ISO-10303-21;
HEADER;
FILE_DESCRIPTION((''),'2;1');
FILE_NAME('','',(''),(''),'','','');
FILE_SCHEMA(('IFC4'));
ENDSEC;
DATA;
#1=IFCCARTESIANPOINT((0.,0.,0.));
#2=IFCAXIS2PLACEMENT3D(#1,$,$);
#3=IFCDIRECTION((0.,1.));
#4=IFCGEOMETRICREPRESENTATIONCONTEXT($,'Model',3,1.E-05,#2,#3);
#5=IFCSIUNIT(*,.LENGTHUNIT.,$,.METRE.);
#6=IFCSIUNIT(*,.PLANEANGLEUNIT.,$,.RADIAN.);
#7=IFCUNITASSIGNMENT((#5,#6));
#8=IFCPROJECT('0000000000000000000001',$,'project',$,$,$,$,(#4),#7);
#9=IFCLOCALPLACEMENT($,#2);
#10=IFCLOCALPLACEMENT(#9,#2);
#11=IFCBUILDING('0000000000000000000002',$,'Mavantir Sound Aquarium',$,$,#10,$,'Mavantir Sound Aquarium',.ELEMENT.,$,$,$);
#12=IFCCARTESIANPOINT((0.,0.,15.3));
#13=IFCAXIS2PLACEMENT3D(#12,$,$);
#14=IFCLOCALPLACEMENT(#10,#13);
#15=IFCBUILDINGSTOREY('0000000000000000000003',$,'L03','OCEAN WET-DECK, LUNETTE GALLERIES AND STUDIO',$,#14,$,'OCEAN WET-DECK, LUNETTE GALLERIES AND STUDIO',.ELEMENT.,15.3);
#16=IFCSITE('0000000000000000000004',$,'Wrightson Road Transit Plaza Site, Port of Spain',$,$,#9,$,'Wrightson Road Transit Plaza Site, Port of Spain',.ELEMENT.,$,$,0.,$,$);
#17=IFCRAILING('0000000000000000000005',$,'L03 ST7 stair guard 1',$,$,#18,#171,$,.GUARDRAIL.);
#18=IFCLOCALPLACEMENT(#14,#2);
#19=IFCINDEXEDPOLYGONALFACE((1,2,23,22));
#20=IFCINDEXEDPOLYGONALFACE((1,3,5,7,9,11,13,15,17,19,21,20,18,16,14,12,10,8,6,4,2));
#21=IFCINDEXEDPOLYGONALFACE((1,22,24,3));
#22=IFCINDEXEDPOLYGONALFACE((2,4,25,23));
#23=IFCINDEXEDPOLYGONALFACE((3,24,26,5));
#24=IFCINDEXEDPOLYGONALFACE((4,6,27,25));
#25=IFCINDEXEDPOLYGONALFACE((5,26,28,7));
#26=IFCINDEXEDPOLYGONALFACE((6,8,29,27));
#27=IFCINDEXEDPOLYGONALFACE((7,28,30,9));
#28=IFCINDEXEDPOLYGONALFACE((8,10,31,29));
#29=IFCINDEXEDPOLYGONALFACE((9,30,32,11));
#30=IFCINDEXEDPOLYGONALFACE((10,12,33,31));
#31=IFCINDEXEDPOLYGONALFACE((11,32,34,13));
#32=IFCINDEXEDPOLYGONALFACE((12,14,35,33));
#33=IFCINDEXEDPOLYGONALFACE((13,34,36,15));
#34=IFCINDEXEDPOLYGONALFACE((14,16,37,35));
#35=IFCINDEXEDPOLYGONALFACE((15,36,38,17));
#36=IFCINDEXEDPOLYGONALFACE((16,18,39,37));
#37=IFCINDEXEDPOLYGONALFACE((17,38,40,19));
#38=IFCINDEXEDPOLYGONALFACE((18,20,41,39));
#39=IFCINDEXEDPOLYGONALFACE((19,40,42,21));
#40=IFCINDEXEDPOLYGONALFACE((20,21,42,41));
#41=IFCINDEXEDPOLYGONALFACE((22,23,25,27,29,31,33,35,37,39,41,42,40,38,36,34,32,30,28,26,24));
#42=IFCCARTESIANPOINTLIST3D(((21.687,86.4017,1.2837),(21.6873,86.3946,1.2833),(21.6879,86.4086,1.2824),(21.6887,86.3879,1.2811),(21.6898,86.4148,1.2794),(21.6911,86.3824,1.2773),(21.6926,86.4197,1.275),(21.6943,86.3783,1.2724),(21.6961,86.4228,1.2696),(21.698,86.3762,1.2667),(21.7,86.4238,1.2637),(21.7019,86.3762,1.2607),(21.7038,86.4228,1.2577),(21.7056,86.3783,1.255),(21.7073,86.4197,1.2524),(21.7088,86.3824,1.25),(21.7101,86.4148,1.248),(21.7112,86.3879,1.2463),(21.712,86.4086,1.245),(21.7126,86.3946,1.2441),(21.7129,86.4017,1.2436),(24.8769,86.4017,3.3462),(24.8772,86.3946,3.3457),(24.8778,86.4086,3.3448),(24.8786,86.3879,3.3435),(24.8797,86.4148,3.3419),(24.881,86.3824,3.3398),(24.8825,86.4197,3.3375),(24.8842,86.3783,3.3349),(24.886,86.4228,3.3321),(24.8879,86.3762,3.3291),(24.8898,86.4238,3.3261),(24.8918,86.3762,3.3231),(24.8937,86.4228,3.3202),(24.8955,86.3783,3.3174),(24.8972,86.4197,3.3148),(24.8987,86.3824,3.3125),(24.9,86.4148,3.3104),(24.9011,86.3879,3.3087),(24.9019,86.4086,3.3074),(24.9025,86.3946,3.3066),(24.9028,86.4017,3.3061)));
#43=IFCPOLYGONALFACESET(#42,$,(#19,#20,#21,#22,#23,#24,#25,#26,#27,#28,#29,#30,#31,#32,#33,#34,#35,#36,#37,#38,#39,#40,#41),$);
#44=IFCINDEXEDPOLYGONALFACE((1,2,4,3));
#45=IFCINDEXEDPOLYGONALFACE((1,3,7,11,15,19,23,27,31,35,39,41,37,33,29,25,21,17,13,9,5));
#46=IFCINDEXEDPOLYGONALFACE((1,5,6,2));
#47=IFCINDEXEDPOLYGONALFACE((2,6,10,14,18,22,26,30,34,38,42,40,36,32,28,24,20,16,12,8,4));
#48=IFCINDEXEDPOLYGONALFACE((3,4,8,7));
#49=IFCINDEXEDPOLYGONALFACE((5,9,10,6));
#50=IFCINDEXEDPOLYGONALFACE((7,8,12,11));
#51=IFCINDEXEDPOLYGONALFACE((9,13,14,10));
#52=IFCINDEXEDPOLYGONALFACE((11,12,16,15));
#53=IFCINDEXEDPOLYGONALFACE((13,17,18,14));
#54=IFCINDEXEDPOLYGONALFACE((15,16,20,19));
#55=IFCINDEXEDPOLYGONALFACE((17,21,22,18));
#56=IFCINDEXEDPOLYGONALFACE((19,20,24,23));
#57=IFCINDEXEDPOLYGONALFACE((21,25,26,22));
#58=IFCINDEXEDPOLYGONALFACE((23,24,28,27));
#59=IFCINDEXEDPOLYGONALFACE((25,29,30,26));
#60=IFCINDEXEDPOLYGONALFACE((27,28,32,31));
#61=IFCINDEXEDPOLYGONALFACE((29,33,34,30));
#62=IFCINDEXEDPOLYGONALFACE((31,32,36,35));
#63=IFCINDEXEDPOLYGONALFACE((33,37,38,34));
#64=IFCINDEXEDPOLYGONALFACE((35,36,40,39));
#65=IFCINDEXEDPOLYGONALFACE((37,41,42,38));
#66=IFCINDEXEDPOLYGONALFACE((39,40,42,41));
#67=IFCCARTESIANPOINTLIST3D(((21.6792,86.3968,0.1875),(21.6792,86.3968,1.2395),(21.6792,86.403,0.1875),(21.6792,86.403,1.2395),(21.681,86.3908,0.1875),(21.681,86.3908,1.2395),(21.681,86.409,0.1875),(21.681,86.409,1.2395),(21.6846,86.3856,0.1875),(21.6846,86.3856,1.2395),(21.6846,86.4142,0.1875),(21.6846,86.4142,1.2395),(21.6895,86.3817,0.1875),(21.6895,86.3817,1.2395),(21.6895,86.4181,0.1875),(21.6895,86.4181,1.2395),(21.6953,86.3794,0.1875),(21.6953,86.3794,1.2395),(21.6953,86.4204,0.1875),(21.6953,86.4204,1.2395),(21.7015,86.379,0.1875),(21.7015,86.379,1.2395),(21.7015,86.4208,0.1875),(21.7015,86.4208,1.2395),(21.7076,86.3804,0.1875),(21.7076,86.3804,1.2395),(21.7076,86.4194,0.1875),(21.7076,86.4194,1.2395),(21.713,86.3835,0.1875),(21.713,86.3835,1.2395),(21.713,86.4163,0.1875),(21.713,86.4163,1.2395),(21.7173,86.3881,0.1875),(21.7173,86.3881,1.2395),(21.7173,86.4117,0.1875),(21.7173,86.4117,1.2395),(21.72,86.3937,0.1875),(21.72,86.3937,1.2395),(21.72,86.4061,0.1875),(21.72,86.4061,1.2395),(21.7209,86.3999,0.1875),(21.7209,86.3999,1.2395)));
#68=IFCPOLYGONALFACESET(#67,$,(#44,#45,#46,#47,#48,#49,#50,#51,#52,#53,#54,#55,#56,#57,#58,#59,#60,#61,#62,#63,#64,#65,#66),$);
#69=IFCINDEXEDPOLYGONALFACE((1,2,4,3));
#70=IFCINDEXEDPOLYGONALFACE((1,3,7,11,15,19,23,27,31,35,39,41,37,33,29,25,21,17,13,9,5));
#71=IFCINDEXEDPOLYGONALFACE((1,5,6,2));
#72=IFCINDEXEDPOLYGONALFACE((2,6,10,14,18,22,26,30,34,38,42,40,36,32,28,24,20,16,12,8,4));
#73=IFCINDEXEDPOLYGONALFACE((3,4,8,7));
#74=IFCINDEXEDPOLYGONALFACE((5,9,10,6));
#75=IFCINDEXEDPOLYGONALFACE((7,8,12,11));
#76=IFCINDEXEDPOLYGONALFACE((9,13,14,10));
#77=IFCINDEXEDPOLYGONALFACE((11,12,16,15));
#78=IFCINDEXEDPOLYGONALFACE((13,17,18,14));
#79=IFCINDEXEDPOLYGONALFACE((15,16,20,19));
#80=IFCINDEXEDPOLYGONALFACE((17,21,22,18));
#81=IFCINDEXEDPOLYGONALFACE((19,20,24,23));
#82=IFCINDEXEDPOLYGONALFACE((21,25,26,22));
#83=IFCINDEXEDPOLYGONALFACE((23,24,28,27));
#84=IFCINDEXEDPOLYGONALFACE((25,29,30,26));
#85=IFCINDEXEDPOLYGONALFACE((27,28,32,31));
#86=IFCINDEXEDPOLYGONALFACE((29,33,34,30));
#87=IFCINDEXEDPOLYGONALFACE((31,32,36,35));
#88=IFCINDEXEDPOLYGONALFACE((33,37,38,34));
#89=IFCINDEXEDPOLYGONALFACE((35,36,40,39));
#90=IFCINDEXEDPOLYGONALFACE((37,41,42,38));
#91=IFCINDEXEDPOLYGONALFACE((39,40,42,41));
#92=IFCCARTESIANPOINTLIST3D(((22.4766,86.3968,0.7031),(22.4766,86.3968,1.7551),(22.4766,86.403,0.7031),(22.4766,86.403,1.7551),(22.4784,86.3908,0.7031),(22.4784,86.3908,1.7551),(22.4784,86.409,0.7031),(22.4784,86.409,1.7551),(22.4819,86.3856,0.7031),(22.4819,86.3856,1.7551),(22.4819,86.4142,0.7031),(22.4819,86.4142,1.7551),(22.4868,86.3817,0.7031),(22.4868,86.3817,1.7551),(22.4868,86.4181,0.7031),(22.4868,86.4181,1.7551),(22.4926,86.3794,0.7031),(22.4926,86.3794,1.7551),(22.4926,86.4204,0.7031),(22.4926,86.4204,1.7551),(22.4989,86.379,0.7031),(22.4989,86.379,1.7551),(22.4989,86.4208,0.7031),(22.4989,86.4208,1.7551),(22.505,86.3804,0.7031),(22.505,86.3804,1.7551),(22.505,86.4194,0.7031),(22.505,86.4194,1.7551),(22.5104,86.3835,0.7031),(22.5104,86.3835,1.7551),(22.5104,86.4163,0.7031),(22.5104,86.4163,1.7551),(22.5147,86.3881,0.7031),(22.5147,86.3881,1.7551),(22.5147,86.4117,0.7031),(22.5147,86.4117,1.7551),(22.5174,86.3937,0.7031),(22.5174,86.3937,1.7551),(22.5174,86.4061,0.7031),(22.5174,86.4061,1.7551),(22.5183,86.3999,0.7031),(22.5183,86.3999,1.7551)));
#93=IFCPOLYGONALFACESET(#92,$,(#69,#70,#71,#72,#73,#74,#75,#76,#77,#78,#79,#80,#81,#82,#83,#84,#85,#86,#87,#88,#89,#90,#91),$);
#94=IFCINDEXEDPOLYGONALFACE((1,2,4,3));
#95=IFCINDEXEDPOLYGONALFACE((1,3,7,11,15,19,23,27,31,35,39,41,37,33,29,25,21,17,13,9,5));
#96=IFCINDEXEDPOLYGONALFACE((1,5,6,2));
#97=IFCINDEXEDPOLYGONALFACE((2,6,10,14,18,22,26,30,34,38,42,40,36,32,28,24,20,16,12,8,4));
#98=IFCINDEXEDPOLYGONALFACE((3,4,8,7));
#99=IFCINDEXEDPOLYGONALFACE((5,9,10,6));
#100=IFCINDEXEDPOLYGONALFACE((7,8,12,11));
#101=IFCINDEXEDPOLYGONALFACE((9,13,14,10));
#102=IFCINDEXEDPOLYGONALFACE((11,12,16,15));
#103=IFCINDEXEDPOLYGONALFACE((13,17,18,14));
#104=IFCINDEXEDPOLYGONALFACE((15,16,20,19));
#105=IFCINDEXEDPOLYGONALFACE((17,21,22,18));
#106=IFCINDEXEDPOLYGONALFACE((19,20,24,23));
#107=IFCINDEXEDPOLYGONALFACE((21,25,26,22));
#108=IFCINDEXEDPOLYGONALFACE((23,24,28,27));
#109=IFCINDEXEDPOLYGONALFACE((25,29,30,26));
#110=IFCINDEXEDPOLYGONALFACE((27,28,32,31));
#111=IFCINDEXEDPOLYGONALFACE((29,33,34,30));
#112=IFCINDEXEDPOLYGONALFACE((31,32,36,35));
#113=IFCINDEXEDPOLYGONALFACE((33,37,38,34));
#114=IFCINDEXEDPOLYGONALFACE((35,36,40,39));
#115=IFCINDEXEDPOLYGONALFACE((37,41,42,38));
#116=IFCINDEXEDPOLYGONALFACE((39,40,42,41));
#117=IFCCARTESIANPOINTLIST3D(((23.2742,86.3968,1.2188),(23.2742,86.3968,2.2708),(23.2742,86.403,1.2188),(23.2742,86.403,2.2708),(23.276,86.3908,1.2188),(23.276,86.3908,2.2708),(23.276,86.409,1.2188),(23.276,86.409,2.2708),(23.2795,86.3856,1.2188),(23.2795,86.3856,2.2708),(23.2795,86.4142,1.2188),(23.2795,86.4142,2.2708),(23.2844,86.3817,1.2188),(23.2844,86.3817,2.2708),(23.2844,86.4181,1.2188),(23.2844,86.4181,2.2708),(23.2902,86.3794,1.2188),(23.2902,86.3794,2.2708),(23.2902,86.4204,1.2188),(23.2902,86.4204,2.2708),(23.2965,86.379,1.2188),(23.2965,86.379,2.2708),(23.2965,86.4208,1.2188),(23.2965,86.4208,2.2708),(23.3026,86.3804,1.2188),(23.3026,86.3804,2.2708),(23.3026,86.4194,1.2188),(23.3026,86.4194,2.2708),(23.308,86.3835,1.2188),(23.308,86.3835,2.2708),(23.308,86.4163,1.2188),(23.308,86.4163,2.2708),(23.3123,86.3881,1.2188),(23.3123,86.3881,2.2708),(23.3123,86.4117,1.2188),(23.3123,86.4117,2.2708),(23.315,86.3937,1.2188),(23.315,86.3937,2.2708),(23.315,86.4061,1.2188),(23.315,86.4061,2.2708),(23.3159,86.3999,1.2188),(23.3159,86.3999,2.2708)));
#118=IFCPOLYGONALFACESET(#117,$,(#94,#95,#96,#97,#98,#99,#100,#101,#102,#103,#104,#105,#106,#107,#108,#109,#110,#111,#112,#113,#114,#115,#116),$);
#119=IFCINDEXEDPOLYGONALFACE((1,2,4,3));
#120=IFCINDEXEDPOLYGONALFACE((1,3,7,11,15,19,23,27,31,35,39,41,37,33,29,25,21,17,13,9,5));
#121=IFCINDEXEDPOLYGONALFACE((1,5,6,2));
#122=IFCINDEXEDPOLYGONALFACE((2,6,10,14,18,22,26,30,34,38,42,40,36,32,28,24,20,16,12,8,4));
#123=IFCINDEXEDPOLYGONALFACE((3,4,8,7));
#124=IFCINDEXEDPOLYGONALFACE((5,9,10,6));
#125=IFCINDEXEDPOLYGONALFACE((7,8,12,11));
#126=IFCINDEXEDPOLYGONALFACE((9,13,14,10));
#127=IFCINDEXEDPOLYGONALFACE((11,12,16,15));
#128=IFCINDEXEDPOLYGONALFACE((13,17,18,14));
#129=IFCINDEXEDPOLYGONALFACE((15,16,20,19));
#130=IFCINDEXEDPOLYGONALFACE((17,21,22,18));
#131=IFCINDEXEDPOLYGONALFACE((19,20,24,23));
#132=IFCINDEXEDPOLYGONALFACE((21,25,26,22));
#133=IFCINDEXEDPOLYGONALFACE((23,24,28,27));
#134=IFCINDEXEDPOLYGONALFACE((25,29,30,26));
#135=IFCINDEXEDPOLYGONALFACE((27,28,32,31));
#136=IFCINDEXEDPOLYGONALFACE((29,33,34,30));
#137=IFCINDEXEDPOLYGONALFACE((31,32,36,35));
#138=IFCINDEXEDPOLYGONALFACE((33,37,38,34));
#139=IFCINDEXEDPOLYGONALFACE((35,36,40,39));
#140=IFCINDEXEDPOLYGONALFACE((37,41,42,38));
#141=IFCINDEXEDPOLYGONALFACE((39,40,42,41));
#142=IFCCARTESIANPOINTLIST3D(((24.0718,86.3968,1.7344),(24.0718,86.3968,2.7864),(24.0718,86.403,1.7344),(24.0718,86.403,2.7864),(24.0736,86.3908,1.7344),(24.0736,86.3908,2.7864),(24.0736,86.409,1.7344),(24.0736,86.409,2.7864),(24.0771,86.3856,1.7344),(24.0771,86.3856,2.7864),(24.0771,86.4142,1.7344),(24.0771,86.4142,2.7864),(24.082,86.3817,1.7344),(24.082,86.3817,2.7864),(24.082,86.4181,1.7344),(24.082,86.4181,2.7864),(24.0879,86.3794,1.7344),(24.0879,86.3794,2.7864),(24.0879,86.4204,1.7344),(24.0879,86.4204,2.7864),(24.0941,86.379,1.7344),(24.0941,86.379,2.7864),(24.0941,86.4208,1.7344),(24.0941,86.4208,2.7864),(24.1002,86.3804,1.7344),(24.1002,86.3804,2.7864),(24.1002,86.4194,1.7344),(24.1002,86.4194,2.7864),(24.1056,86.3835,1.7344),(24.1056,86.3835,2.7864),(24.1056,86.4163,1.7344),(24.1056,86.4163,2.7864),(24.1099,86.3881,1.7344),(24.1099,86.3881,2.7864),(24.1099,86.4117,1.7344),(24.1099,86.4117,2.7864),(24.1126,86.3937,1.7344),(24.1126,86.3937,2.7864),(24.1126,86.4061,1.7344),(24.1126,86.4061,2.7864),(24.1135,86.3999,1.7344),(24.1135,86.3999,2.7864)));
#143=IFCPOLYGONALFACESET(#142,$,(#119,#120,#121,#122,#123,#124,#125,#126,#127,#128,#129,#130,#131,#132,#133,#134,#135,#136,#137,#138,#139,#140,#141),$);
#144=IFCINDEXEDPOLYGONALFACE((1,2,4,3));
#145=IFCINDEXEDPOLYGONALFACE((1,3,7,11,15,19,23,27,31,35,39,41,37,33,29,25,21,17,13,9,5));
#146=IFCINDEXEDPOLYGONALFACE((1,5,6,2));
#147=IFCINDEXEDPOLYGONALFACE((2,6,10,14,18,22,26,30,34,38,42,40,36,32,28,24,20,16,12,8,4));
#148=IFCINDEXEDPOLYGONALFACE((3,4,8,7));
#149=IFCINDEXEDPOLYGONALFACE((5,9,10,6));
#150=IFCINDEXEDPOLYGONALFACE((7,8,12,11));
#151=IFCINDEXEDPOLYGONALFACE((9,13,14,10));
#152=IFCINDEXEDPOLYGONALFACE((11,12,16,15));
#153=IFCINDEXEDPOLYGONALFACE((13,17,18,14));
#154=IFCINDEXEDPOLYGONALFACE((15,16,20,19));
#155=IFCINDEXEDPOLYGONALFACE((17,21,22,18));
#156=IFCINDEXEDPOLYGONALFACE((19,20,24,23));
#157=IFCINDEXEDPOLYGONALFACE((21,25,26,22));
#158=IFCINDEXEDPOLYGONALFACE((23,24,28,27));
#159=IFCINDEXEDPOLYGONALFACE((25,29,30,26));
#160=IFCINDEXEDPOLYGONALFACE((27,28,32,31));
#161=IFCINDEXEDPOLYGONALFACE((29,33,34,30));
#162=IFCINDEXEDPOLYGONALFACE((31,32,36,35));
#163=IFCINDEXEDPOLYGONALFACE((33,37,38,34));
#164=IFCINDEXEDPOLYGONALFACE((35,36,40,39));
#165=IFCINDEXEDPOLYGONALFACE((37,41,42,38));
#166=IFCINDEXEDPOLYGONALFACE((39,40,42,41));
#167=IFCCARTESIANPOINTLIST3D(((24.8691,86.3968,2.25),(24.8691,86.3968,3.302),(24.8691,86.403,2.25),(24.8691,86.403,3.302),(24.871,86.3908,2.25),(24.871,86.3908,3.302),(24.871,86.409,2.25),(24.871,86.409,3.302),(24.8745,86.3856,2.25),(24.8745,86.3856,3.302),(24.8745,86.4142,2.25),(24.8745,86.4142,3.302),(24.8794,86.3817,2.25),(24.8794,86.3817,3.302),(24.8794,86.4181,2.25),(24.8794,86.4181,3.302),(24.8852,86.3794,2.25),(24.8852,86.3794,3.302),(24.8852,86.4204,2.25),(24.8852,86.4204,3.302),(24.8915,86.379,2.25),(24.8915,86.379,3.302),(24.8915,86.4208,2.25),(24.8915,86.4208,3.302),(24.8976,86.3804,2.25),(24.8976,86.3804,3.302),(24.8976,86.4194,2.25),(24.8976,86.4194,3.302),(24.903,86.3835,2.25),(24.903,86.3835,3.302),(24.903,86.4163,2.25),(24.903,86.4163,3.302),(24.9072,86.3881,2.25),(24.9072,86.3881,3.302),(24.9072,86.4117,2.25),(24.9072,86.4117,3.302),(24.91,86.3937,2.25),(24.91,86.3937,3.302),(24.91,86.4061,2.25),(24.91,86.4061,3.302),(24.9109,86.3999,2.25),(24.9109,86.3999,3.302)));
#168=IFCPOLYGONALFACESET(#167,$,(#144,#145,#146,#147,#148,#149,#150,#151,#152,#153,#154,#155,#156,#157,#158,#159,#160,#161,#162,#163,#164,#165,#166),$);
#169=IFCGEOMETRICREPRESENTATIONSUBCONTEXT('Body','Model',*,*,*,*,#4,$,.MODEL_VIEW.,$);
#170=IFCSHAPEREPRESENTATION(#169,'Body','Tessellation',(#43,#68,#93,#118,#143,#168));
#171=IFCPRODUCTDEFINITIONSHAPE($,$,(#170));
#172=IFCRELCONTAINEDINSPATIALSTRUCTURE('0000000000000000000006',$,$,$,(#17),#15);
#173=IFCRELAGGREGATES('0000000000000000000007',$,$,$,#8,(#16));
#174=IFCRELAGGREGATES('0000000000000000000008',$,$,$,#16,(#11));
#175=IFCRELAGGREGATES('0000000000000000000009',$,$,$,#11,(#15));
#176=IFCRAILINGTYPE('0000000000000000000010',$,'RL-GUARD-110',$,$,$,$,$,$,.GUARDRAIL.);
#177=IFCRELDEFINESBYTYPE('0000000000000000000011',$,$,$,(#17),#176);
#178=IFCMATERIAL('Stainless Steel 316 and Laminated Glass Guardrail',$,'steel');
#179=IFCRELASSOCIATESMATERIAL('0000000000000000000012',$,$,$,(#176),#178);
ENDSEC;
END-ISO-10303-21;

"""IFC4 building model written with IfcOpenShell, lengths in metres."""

from ifc_helpers import new_model, si_unit, direction, frame, origin, origin_2d, place, context, subcontext, project, spatial, circle, extrude, material, type_object, element, save


model = new_model("IFC4")

# Units and contexts
model_context = context("Model", 3, precision=1e-05, world=origin(), true_north=direction((0.0, 1.0)))
body_context = subcontext(model_context, "Body", "Model", "MODEL_VIEW")
ifc_project = project(units=[si_unit("LENGTHUNIT", "METRE"), si_unit("PLANEANGLEUNIT", "RADIAN")], contexts=[model_context])

# Site, building, storey
site_placement = place(None, origin())
site = spatial("IfcSite", under=ifc_project, at=site_placement, Name="Wrightson Road Transit Plaza Site, Port of Spain", LongName="Wrightson Road Transit Plaza Site, Port of Spain", CompositionType="ELEMENT", RefElevation=0.0)
building_placement = place(site_placement, origin())
building = spatial("IfcBuilding", under=site, at=building_placement, Name="Mavantir Sound Aquarium", LongName="Mavantir Sound Aquarium", CompositionType="ELEMENT")
storey_placement = place(building_placement, frame((0.0, 0.0, 15.3)))
storey = spatial("IfcBuildingStorey", under=building, at=storey_placement, Name="L03", Description="OCEAN WET-DECK, LUNETTE GALLERIES AND STUDIO", LongName="OCEAN WET-DECK, LUNETTE GALLERIES AND STUDIO", CompositionType="ELEMENT", Elevation=15.3)

# Railing
ifc_material_1 = material(Name="Stainless Steel 316 and Laminated Glass Guardrail", Category="steel")
railing_type_1 = type_object("IfcRailingType", Name="RL-GUARD-110", PredefinedType="GUARDRAIL", material=ifc_material_1)
railing_1_placement = place(storey_placement, frame((21.7, 86.3999, 0.1875)))
element("IfcRailing", 1, at=railing_1_placement, inside=storey, type_object=railing_type_1, Name="L03 ST7 stair guard 1", PredefinedType="GUARDRAIL", context=body_context, shape_type="SweptSolid", body=[
    extrude(circle(Radius=0.0239, at=origin_2d()), frame((0.0, 0.0, 1.0762), z_axis=(0.83976, 0.0, 0.542958), x_axis=(0.0, 1.0, 0.0)), (0.0, 0.0, 1.0), 3.7986),
    extrude(circle(Radius=0.021, at=origin_2d()), origin(), (0.0, 0.0, 1.0), 1.052),
    extrude(circle(Radius=0.021, at=origin_2d()), frame((0.7974, 0.0, 0.5156)), (0.0, 0.0, 1.0), 1.052),
    extrude(circle(Radius=0.021, at=origin_2d()), frame((1.595, 0.0, 1.0312)), (0.0, 0.0, 1.0), 1.052),
    extrude(circle(Radius=0.021, at=origin_2d()), frame((2.3926, 0.0, 1.5469)), (0.0, 0.0, 1.0), 1.052),
    extrude(circle(Radius=0.021, at=origin_2d()), frame((3.1899, 0.0, 2.0625)), (0.0, 0.0, 1.0), 1.052),
])

save(model, "model.ifc")
